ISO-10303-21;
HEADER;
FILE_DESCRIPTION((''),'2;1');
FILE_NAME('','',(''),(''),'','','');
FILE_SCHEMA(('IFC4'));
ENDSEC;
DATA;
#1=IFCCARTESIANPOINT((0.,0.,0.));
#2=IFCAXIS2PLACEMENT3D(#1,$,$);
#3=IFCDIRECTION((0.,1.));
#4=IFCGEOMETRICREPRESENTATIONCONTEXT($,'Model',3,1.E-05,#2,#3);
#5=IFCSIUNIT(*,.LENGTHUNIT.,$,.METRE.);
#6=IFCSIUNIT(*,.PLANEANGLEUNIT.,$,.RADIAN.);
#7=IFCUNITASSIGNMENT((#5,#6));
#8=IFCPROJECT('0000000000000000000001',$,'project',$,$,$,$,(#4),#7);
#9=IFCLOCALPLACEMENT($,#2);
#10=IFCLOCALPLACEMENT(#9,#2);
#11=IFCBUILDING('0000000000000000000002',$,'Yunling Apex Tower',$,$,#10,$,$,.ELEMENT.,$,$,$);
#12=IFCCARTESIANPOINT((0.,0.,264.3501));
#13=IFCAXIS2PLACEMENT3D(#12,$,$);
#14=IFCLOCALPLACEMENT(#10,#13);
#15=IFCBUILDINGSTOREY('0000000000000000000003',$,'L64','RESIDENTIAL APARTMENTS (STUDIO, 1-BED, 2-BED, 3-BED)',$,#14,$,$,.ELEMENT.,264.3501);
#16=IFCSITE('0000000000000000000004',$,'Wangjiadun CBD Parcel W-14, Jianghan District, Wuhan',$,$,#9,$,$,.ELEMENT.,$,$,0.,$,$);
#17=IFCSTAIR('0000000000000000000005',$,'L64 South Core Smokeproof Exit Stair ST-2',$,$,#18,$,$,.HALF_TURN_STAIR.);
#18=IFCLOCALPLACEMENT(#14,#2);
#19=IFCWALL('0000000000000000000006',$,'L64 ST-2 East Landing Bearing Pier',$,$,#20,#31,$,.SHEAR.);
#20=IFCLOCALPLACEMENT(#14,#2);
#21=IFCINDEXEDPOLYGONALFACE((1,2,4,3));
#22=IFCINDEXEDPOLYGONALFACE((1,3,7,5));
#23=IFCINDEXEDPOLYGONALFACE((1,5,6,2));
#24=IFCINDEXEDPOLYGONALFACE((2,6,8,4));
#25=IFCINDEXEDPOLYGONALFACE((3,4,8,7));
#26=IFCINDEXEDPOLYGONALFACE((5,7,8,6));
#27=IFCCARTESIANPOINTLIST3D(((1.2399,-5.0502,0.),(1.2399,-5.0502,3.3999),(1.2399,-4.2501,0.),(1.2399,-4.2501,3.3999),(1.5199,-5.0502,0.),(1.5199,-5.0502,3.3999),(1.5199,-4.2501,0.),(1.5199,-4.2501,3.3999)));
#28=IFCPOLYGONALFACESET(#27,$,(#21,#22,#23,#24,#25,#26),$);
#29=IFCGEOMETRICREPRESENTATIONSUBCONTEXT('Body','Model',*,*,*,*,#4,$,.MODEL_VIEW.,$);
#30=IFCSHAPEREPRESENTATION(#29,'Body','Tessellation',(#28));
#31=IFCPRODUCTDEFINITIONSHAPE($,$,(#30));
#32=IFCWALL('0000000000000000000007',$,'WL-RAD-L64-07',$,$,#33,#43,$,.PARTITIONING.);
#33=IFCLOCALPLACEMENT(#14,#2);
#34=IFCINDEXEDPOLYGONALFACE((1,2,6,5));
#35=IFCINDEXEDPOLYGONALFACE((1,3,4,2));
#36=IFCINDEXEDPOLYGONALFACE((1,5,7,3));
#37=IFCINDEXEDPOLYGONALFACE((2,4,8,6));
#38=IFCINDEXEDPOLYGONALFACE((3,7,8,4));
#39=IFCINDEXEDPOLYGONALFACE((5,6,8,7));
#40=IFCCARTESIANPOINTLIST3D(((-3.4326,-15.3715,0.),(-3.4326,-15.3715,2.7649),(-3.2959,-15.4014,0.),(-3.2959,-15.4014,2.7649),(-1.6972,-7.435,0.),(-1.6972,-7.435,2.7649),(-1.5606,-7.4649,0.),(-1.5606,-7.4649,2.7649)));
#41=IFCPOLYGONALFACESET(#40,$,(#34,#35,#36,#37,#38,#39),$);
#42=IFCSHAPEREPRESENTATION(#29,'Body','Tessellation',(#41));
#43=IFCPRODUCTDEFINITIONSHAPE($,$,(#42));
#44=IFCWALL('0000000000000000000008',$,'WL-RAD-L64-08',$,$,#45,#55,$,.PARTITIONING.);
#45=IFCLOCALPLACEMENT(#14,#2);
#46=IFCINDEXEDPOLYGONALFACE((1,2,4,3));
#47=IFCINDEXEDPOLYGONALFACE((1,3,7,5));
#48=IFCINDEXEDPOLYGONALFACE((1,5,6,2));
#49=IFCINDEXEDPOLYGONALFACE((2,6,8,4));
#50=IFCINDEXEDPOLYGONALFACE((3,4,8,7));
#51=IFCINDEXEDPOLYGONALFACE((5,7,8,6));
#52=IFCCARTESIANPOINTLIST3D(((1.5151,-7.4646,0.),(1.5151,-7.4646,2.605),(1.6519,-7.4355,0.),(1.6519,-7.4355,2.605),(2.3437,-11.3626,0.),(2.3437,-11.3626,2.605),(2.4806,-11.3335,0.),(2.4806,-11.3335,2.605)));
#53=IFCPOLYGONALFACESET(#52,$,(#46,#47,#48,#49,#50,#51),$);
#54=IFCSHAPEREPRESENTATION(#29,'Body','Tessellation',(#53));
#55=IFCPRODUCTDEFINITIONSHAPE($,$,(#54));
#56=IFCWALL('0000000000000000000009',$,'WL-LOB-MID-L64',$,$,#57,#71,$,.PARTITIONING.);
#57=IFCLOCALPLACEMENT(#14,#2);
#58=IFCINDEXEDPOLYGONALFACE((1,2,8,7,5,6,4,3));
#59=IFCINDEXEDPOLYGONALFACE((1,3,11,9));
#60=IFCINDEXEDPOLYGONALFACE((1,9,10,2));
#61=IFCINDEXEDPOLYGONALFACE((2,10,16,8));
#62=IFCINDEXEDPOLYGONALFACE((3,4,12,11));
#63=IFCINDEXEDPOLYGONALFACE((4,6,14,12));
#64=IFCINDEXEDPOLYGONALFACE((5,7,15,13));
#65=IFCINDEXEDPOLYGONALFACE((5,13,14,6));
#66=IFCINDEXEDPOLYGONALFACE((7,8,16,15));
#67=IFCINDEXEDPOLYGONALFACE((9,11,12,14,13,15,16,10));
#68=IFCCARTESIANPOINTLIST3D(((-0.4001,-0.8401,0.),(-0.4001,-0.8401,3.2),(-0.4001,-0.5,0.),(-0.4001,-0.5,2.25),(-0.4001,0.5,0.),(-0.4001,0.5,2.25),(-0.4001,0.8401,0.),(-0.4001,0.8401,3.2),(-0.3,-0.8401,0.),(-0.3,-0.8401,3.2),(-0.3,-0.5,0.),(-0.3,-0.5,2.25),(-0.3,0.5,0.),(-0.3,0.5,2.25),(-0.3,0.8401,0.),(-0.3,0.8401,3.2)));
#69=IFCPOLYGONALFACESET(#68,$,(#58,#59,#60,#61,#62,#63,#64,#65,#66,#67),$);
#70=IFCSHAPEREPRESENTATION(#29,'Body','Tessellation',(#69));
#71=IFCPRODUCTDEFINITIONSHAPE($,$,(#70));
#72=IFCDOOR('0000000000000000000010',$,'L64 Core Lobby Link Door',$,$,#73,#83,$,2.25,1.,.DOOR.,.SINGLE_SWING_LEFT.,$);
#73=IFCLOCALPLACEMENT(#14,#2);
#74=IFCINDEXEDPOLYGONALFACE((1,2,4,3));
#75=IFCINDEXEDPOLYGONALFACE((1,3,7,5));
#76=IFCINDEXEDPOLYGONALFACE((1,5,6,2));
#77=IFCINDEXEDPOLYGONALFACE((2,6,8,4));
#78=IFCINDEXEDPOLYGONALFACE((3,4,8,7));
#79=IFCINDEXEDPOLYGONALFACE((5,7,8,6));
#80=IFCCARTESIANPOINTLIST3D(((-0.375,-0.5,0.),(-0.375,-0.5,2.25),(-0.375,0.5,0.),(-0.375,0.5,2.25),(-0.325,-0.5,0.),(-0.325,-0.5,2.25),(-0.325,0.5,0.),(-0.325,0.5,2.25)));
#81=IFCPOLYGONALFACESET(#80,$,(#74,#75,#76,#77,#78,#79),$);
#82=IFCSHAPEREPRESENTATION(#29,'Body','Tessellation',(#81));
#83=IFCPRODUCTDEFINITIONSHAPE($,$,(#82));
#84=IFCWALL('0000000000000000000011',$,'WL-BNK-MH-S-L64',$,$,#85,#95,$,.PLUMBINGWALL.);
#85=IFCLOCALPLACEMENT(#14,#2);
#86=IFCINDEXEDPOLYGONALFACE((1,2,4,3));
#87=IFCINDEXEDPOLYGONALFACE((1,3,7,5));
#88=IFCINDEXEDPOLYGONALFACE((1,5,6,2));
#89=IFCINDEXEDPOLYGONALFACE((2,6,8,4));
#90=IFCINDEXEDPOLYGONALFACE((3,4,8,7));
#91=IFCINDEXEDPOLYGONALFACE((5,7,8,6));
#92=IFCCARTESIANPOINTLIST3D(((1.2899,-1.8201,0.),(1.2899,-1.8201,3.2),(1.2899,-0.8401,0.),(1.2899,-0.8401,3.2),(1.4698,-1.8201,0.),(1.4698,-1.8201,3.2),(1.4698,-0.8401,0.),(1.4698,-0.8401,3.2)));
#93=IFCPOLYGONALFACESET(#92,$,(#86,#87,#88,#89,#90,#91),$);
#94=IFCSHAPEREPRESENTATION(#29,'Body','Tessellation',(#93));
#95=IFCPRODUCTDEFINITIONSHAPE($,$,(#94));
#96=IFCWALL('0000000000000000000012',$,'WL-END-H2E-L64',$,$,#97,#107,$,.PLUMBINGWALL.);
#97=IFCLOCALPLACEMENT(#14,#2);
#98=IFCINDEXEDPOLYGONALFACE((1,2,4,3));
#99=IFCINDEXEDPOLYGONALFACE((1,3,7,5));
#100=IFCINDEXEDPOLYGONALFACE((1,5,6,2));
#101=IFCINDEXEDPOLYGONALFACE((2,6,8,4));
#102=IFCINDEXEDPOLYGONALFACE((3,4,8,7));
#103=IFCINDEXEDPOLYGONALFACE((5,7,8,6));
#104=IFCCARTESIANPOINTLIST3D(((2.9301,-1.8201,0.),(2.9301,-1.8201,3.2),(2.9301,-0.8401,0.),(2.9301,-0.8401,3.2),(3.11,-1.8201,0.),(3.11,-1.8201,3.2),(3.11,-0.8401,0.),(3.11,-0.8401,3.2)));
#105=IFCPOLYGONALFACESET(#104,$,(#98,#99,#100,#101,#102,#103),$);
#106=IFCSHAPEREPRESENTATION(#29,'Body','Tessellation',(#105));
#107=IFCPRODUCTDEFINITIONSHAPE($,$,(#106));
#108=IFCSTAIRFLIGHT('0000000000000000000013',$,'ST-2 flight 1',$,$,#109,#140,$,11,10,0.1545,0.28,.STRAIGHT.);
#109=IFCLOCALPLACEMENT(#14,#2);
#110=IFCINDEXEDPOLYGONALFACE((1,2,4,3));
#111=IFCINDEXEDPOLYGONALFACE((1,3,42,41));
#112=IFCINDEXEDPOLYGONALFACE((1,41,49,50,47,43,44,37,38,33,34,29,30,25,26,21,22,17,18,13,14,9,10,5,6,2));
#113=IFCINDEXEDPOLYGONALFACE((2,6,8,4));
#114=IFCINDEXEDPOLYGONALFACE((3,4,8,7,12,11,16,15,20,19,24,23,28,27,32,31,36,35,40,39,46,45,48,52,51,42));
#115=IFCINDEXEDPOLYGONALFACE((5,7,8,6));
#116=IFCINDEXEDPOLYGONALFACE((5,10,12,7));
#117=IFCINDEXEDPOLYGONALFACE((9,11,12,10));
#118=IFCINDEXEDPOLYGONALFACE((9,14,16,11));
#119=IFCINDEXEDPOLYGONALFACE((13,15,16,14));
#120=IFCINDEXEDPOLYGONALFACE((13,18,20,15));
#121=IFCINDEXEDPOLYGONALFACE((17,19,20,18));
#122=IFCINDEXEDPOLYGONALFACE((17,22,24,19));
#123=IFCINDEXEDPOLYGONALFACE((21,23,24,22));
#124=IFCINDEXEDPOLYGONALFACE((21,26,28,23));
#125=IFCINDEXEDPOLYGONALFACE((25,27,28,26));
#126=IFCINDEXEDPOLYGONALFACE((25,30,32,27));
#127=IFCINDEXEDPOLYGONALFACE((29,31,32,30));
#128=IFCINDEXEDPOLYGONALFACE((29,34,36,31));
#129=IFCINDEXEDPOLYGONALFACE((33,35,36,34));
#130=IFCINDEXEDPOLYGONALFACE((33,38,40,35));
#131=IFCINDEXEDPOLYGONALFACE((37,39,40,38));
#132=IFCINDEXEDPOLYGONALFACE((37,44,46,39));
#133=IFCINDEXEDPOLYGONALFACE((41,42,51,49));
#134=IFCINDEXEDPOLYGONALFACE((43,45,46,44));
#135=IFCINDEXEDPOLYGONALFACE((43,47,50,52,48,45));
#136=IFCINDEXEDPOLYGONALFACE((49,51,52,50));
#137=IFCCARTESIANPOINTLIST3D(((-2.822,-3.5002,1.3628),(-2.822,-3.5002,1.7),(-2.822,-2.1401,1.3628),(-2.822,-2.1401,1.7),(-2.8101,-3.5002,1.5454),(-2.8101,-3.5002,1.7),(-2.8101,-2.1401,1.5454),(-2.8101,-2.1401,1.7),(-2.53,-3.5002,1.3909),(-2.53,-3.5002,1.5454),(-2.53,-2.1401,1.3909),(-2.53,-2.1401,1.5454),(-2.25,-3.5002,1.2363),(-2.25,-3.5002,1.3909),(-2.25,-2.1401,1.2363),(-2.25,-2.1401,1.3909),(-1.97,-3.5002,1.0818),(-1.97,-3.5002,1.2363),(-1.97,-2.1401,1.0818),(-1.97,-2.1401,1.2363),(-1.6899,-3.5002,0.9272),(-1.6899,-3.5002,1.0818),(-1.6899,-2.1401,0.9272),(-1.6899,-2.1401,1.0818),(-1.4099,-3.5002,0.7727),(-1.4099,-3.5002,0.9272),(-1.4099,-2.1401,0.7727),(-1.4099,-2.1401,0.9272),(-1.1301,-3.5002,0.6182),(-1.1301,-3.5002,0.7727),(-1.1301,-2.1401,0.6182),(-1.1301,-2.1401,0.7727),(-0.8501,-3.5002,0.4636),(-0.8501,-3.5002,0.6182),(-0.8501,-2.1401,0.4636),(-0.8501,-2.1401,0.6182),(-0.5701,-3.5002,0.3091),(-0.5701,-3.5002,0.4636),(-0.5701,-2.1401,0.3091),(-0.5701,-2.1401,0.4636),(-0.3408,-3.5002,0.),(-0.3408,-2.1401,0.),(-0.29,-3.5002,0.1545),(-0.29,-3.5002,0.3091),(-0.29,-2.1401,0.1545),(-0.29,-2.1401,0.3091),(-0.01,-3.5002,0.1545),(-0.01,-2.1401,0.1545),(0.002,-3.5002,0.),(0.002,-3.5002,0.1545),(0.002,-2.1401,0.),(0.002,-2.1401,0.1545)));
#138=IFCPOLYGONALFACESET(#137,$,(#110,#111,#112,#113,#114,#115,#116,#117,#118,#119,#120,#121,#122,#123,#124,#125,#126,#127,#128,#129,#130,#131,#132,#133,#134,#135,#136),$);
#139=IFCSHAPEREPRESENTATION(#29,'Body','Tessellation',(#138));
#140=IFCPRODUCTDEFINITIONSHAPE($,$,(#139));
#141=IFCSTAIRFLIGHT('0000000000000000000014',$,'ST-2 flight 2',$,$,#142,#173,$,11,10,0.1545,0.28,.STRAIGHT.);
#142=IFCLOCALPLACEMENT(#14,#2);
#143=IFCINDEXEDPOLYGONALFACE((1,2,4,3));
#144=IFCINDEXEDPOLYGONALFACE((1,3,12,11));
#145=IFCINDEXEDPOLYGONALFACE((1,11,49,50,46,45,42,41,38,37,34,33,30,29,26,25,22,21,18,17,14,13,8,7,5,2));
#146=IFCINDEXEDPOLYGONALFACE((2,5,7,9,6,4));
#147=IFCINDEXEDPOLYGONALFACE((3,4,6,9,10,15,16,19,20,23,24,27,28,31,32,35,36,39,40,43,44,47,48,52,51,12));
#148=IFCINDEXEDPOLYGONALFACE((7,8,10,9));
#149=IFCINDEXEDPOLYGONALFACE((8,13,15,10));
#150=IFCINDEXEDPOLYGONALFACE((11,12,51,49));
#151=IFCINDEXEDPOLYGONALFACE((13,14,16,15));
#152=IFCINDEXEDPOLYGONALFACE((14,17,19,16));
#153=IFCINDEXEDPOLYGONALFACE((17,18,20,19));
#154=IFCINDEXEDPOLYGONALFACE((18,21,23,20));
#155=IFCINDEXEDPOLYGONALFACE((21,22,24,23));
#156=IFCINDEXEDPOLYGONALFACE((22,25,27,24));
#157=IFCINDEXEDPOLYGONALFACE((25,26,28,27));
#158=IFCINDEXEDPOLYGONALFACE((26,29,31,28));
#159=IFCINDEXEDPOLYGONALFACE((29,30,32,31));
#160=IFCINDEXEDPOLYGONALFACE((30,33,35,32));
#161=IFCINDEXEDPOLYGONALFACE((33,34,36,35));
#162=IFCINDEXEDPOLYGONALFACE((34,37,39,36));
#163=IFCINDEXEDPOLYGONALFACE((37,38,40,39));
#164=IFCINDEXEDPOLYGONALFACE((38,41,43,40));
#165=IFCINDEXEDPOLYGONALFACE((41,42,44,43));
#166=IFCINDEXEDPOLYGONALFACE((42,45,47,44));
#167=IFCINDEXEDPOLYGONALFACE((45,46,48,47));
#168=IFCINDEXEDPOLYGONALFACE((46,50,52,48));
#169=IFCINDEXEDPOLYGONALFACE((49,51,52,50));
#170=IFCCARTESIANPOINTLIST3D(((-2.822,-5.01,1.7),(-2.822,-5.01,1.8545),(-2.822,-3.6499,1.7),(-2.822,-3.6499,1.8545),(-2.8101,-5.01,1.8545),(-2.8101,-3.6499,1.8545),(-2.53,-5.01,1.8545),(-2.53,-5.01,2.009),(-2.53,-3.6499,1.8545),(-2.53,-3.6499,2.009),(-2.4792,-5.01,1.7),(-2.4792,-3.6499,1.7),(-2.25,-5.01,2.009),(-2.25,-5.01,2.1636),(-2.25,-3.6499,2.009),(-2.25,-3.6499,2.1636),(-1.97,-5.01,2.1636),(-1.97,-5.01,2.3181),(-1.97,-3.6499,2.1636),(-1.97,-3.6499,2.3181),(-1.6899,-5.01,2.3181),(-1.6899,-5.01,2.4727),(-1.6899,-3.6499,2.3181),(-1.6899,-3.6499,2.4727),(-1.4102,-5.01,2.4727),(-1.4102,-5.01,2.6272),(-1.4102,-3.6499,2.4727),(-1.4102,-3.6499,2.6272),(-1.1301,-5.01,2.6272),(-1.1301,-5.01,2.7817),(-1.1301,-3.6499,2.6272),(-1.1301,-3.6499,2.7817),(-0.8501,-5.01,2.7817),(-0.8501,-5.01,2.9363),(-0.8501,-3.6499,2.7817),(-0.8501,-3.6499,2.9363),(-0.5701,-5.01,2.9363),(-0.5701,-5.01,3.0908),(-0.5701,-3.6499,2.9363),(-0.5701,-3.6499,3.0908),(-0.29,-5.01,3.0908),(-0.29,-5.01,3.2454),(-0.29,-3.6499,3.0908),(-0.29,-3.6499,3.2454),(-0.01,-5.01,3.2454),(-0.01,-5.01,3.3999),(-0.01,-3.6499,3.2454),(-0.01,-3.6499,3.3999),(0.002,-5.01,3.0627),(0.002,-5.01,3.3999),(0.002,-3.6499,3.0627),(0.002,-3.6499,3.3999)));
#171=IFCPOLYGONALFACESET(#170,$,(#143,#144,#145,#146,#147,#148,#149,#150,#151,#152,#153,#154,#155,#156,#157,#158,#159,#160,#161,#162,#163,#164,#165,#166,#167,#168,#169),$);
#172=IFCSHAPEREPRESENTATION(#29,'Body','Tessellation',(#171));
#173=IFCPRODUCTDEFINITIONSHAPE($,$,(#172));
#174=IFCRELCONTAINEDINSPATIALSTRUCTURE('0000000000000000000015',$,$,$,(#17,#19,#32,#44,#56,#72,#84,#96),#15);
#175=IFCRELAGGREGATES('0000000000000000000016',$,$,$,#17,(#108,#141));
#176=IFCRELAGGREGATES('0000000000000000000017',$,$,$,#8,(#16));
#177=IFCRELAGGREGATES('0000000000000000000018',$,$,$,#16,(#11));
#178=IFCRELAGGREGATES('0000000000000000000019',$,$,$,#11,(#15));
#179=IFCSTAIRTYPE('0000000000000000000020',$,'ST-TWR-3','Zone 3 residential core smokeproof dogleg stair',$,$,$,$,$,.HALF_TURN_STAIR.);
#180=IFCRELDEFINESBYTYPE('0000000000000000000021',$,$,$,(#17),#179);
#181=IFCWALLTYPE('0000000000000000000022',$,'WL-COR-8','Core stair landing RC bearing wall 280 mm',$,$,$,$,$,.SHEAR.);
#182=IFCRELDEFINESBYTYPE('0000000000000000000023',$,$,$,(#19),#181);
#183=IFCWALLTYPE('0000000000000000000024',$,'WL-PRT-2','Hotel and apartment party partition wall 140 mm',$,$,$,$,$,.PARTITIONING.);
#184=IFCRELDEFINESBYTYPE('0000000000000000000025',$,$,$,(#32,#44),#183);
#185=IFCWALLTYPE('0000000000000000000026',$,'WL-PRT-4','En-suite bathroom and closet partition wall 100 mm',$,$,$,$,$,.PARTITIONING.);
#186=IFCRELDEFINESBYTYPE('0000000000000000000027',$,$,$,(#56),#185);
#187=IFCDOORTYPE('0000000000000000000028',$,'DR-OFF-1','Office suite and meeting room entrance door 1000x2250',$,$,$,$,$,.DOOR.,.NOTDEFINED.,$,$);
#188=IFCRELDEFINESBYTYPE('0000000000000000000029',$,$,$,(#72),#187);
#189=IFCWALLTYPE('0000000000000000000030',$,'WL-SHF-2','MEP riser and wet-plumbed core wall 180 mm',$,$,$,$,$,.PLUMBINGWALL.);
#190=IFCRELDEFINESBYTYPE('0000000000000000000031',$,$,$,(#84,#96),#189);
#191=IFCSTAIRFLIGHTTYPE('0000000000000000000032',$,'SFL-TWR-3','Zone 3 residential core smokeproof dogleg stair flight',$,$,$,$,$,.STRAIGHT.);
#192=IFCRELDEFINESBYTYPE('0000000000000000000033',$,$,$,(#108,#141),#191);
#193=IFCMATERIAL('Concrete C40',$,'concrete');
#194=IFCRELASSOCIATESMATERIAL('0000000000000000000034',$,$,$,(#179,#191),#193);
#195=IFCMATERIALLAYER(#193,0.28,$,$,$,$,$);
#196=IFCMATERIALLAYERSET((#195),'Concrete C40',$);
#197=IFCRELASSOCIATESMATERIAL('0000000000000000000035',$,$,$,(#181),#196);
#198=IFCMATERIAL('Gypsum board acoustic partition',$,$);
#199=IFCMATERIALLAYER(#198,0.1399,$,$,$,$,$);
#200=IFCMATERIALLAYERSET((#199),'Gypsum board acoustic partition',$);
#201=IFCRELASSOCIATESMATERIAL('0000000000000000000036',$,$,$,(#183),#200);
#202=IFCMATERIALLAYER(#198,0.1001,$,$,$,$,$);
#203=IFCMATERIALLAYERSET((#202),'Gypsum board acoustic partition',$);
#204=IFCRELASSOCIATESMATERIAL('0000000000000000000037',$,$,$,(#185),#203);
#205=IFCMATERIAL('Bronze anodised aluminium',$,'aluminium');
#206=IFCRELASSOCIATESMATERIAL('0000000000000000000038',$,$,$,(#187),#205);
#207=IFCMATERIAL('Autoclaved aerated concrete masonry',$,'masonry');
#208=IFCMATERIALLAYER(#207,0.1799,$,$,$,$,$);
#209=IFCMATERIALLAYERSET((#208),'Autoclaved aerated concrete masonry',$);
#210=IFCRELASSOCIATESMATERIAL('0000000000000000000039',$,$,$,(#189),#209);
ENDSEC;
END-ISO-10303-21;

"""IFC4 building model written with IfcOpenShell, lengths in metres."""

from ifc_helpers import new_model, si_unit, direction, frame, frame_2d, origin, place, context, subcontext, project, spatial, polyline, rectangle, outline, extrude, material, layer, layer_set, type_object, element, fill, aggregate, save


model = new_model("IFC4")

# Units and contexts
model_context = context("Model", 3, precision=1e-05, world=origin(), true_north=direction((0.0, 1.0)))
body_context = subcontext(model_context, "Body", "Model", "MODEL_VIEW")
ifc_project = project(units=[si_unit("LENGTHUNIT", "METRE"), si_unit("PLANEANGLEUNIT", "RADIAN")], contexts=[model_context])

# Site, building, storey
site_placement = place(None, origin())
site = spatial("IfcSite", under=ifc_project, at=site_placement, Name="Wangjiadun CBD Parcel W-14, Jianghan District, Wuhan", CompositionType="ELEMENT", RefElevation=0.0)
building_placement = place(site_placement, origin())
building = spatial("IfcBuilding", under=site, at=building_placement, Name="Yunling Apex Tower", CompositionType="ELEMENT")
storey_placement = place(building_placement, frame((0.0, 0.0, 264.3501)))
storey = spatial("IfcBuildingStorey", under=building, at=storey_placement, Name="L64", Description="RESIDENTIAL APARTMENTS (STUDIO, 1-BED, 2-BED, 3-BED)", CompositionType="ELEMENT", Elevation=264.3501)

# Shared definitions
ifc_material_1 = material(Name="Bronze anodised aluminium", Category="aluminium")

# Shared definitions
ifc_material_2 = material(Name="Concrete C40", Category="concrete")

# Stair
stair_type = type_object("IfcStairType", Name="ST-TWR-3", Description="Zone 3 residential core smokeproof dogleg stair", PredefinedType="HALF_TURN_STAIR", material=ifc_material_2)
stair_1_placement = place(storey_placement, origin())
stair_1 = element("IfcStair", 1, at=stair_1_placement, inside=storey, type_object=stair_type, Name="L64 South Core Smokeproof Exit Stair ST-2", PredefinedType="HALF_TURN_STAIR")

# Walls
ifc_layer_1 = layer(ifc_material_2, 0.28)
ifc_layer_set_1 = layer_set([ifc_layer_1], Name="Concrete C40")
wall_type_1 = type_object("IfcWallType", Name="WL-COR-8", Description="Core stair landing RC bearing wall 280 mm", PredefinedType="SHEAR", material=ifc_layer_set_1)
wall_1_placement = place(storey_placement, frame((1.3799, -5.05, 0.0), z_axis=(0.0, 0.0, 1.0), x_axis=(0.0, 1.0, 0.0)))
element("IfcWall", 2, at=wall_1_placement, inside=storey, type_object=wall_type_1, Name="L64 ST-2 East Landing Bearing Pier", PredefinedType="SHEAR", context=body_context, shape_type="SweptSolid", body=[
    extrude(rectangle(XDim=0.8, YDim=0.28, at=frame_2d((0.3999, 0.0))), origin(), (0.0, 0.0, 1.0), 3.3999),
])
ifc_material_3 = material(Name="Gypsum board acoustic partition")
ifc_layer_2 = layer(ifc_material_3, 0.1399)
ifc_layer_set_2 = layer_set([ifc_layer_2], Name="Gypsum board acoustic partition")
wall_type_2 = type_object("IfcWallType", Name="WL-PRT-2", Description="Hotel and apartment party partition wall 140 mm", PredefinedType="PARTITIONING", material=ifc_layer_set_2)
wall_2_placement = place(storey_placement, frame((-1.6289, -7.45, 0.0), z_axis=(0.0, 0.0, 1.0), x_axis=(-0.213607, -0.97692, 0.0)))
element("IfcWall", 3, at=wall_2_placement, inside=storey, type_object=wall_type_2, Name="WL-RAD-L64-07", PredefinedType="PARTITIONING", context=body_context, shape_type="SweptSolid", body=[
    extrude(rectangle(XDim=8.124, YDim=0.1399, at=frame_2d((4.062, 0.0))), origin(), (0.0, 0.0, 1.0), 2.7649),
])
wall_3_placement = place(storey_placement, frame((1.5835, -7.45, 0.0), z_axis=(0.0, 0.0, 1.0), x_axis=(0.207931, -0.978144, 0.0)))
element("IfcWall", 4, at=wall_3_placement, inside=storey, type_object=wall_type_2, Name="WL-RAD-L64-08", PredefinedType="PARTITIONING", context=body_context, shape_type="SweptSolid", body=[
    extrude(rectangle(XDim=3.9851, YDim=0.1399, at=frame_2d((1.9927, 0.0))), origin(), (0.0, 0.0, 1.0), 2.605),
])

# Wall, opening, door
ifc_layer_3 = layer(ifc_material_3, 0.1001)
ifc_layer_set_3 = layer_set([ifc_layer_3], Name="Gypsum board acoustic partition")
wall_type_3 = type_object("IfcWallType", Name="WL-PRT-4", Description="En-suite bathroom and closet partition wall 100 mm", PredefinedType="PARTITIONING", material=ifc_layer_set_3)
wall_4_placement = place(storey_placement, frame((-0.3501, -0.8401, 0.0), z_axis=(0.0, 0.0, 1.0), x_axis=(0.0, 1.0, 0.0)))
wall_4 = element("IfcWall", 5, at=wall_4_placement, inside=storey, type_object=wall_type_3, Name="WL-LOB-MID-L64", PredefinedType="PARTITIONING", context=body_context, shape_type="SweptSolid", body=[
    extrude(rectangle(XDim=1.6802, YDim=0.1001, at=frame_2d((0.8401, 0.0))), origin(), (0.0, 0.0, 1.0), 3.2),
])
opening_1_placement = place(wall_4_placement, frame((0.3401, 0.0, 0.0)))
opening_1 = element("IfcOpeningElement", 6, at=opening_1_placement, cuts=wall_4, PredefinedType="OPENING", context=body_context, shape_type="SweptSolid", body=[
    extrude(rectangle(XDim=1.0, YDim=2.25, at=frame_2d((0.5, 1.125))), frame((0.0, 0.0601, 0.0), z_axis=(0.0, -1.0, 0.0), x_axis=(1.0, 0.0, 0.0)), (0.0, 0.0, 1.0), 0.1201),
])
door_type_1 = type_object("IfcDoorType", Name="DR-OFF-1", Description="Office suite and meeting room entrance door 1000x2250", OperationType="NOTDEFINED", PredefinedType="DOOR", material=ifc_material_1)
door_1_placement = place(opening_1_placement, origin())
door_1 = element("IfcDoor", 7, at=door_1_placement, inside=storey, type_object=door_type_1, Name="L64 Core Lobby Link Door", OperationType="SINGLE_SWING_LEFT", OverallHeight=2.25, OverallWidth=1.0, PredefinedType="DOOR", context=body_context, shape_type="SweptSolid", body=[
    extrude(rectangle(XDim=1.0, YDim=2.25, at=frame_2d((0.5, 1.125))), frame((0.0, 0.0249, 0.0), z_axis=(0.0, -1.0, 0.0), x_axis=(1.0, 0.0, 0.0)), (0.0, 0.0, 1.0), 0.05),
])
fill(opening_1, door_1)
ifc_material_4 = material(Name="Autoclaved aerated concrete masonry", Category="masonry")

# Walls
ifc_layer_4 = layer(ifc_material_4, 0.1799)
ifc_layer_set_4 = layer_set([ifc_layer_4], Name="Autoclaved aerated concrete masonry")
wall_type_4 = type_object("IfcWallType", Name="WL-SHF-2", Description="MEP riser and wet-plumbed core wall 180 mm", PredefinedType="PLUMBINGWALL", material=ifc_layer_set_4)
for number, where, z_axis, x_axis, name in (
    (8, (1.3799, -1.8201, 0.0), (0.0, 0.0, 1.0), (0.0, 1.0, 0.0), "WL-BNK-MH-S-L64"),
    (9, (3.02, -1.8201, 0.0), (0.0, 0.0, 1.0), (0.0, 1.0, 0.0), "WL-END-H2E-L64"),
):
    element("IfcWall", number, at=place(storey_placement, frame(where, z_axis=z_axis, x_axis=x_axis)), inside=storey, type_object=wall_type_4, Name=name, PredefinedType="PLUMBINGWALL", context=body_context, shape_type="SweptSolid", body=[
        extrude(rectangle(XDim=0.98, YDim=0.1799, at=frame_2d((0.49, 0.0))), origin(), (0.0, 0.0, 1.0), 3.2),
    ])

# Stair flights
stair_flight_type = type_object("IfcStairFlightType", Name="SFL-TWR-3", Description="Zone 3 residential core smokeproof dogleg stair flight", PredefinedType="STRAIGHT", material=ifc_material_2)
stair_flight_1_placement = place(storey_placement, frame((-0.01, -2.8201, 0.0), z_axis=(0.0, 0.0, 1.0), x_axis=(-1.0, 0.0, 0.0)))
stair_flight_1 = element("IfcStairFlight", 10, at=stair_flight_1_placement, type_object=stair_flight_type, Name="ST-2 flight 1", NumberOfRisers=11, NumberOfTreads=10, PredefinedType="STRAIGHT", RiserHeight=0.1545, TreadLength=0.28, context=body_context, shape_type="SweptSolid", body=[
    extrude(outline(polyline([(-0.012, 0.0), (-0.012, 0.1545), (0.0, 0.1545), (0.28, 0.1545), (0.28, 0.3091), (0.5601, 0.3091), (0.5601, 0.4636), (0.8401, 0.4636), (0.8401, 0.6182), (1.1201, 0.6182), (1.1201, 0.7727), (1.3999, 0.7727), (1.3999, 0.9272), (1.6799, 0.9272), (1.6799, 1.0818), (1.96, 1.0818), (1.96, 1.2363), (2.24, 1.2363), (2.24, 1.3909), (2.52, 1.3909), (2.52, 1.5454), (2.8, 1.5454), (2.8, 1.7), (2.812, 1.7), (2.812, 1.3628), (0.3308, 0.0), (-0.012, 0.0)])), frame((0.0, 0.6802, 0.0), z_axis=(0.0, -1.0, 0.0), x_axis=(1.0, 0.0, 0.0)), (0.0, 0.0, 1.0), 1.3601),
])
stair_flight_2_placement = place(storey_placement, frame((-2.8101, -4.3301, 1.7), z_axis=(0.0, 0.0, 1.0), x_axis=(1.0, 0.0, 0.0)))
stair_flight_2 = element("IfcStairFlight", 11, at=stair_flight_2_placement, type_object=stair_flight_type, Name="ST-2 flight 2", NumberOfRisers=11, NumberOfTreads=10, PredefinedType="STRAIGHT", RiserHeight=0.1545, TreadLength=0.28, context=body_context, shape_type="SweptSolid", body=[
    extrude(outline(polyline([(-0.012, 0.0), (-0.012, 0.1545), (0.0, 0.1545), (0.28, 0.1545), (0.28, 0.3091), (0.5601, 0.3091), (0.5601, 0.4636), (0.8401, 0.4636), (0.8401, 0.6182), (1.1201, 0.6182), (1.1201, 0.7727), (1.3999, 0.7727), (1.3999, 0.9272), (1.6799, 0.9272), (1.6799, 1.0818), (1.96, 1.0818), (1.96, 1.2363), (2.24, 1.2363), (2.24, 1.3909), (2.52, 1.3909), (2.52, 1.5454), (2.8, 1.5454), (2.8, 1.7), (2.812, 1.7), (2.812, 1.3628), (0.3308, 0.0), (-0.012, 0.0)])), frame((0.0, 0.6802, 0.0), z_axis=(0.0, -1.0, 0.0), x_axis=(1.0, 0.0, 0.0)), (0.0, 0.0, 1.0), 1.3601),
])
aggregate(stair_1, [stair_flight_1, stair_flight_2])

save(model, "model.ifc")
